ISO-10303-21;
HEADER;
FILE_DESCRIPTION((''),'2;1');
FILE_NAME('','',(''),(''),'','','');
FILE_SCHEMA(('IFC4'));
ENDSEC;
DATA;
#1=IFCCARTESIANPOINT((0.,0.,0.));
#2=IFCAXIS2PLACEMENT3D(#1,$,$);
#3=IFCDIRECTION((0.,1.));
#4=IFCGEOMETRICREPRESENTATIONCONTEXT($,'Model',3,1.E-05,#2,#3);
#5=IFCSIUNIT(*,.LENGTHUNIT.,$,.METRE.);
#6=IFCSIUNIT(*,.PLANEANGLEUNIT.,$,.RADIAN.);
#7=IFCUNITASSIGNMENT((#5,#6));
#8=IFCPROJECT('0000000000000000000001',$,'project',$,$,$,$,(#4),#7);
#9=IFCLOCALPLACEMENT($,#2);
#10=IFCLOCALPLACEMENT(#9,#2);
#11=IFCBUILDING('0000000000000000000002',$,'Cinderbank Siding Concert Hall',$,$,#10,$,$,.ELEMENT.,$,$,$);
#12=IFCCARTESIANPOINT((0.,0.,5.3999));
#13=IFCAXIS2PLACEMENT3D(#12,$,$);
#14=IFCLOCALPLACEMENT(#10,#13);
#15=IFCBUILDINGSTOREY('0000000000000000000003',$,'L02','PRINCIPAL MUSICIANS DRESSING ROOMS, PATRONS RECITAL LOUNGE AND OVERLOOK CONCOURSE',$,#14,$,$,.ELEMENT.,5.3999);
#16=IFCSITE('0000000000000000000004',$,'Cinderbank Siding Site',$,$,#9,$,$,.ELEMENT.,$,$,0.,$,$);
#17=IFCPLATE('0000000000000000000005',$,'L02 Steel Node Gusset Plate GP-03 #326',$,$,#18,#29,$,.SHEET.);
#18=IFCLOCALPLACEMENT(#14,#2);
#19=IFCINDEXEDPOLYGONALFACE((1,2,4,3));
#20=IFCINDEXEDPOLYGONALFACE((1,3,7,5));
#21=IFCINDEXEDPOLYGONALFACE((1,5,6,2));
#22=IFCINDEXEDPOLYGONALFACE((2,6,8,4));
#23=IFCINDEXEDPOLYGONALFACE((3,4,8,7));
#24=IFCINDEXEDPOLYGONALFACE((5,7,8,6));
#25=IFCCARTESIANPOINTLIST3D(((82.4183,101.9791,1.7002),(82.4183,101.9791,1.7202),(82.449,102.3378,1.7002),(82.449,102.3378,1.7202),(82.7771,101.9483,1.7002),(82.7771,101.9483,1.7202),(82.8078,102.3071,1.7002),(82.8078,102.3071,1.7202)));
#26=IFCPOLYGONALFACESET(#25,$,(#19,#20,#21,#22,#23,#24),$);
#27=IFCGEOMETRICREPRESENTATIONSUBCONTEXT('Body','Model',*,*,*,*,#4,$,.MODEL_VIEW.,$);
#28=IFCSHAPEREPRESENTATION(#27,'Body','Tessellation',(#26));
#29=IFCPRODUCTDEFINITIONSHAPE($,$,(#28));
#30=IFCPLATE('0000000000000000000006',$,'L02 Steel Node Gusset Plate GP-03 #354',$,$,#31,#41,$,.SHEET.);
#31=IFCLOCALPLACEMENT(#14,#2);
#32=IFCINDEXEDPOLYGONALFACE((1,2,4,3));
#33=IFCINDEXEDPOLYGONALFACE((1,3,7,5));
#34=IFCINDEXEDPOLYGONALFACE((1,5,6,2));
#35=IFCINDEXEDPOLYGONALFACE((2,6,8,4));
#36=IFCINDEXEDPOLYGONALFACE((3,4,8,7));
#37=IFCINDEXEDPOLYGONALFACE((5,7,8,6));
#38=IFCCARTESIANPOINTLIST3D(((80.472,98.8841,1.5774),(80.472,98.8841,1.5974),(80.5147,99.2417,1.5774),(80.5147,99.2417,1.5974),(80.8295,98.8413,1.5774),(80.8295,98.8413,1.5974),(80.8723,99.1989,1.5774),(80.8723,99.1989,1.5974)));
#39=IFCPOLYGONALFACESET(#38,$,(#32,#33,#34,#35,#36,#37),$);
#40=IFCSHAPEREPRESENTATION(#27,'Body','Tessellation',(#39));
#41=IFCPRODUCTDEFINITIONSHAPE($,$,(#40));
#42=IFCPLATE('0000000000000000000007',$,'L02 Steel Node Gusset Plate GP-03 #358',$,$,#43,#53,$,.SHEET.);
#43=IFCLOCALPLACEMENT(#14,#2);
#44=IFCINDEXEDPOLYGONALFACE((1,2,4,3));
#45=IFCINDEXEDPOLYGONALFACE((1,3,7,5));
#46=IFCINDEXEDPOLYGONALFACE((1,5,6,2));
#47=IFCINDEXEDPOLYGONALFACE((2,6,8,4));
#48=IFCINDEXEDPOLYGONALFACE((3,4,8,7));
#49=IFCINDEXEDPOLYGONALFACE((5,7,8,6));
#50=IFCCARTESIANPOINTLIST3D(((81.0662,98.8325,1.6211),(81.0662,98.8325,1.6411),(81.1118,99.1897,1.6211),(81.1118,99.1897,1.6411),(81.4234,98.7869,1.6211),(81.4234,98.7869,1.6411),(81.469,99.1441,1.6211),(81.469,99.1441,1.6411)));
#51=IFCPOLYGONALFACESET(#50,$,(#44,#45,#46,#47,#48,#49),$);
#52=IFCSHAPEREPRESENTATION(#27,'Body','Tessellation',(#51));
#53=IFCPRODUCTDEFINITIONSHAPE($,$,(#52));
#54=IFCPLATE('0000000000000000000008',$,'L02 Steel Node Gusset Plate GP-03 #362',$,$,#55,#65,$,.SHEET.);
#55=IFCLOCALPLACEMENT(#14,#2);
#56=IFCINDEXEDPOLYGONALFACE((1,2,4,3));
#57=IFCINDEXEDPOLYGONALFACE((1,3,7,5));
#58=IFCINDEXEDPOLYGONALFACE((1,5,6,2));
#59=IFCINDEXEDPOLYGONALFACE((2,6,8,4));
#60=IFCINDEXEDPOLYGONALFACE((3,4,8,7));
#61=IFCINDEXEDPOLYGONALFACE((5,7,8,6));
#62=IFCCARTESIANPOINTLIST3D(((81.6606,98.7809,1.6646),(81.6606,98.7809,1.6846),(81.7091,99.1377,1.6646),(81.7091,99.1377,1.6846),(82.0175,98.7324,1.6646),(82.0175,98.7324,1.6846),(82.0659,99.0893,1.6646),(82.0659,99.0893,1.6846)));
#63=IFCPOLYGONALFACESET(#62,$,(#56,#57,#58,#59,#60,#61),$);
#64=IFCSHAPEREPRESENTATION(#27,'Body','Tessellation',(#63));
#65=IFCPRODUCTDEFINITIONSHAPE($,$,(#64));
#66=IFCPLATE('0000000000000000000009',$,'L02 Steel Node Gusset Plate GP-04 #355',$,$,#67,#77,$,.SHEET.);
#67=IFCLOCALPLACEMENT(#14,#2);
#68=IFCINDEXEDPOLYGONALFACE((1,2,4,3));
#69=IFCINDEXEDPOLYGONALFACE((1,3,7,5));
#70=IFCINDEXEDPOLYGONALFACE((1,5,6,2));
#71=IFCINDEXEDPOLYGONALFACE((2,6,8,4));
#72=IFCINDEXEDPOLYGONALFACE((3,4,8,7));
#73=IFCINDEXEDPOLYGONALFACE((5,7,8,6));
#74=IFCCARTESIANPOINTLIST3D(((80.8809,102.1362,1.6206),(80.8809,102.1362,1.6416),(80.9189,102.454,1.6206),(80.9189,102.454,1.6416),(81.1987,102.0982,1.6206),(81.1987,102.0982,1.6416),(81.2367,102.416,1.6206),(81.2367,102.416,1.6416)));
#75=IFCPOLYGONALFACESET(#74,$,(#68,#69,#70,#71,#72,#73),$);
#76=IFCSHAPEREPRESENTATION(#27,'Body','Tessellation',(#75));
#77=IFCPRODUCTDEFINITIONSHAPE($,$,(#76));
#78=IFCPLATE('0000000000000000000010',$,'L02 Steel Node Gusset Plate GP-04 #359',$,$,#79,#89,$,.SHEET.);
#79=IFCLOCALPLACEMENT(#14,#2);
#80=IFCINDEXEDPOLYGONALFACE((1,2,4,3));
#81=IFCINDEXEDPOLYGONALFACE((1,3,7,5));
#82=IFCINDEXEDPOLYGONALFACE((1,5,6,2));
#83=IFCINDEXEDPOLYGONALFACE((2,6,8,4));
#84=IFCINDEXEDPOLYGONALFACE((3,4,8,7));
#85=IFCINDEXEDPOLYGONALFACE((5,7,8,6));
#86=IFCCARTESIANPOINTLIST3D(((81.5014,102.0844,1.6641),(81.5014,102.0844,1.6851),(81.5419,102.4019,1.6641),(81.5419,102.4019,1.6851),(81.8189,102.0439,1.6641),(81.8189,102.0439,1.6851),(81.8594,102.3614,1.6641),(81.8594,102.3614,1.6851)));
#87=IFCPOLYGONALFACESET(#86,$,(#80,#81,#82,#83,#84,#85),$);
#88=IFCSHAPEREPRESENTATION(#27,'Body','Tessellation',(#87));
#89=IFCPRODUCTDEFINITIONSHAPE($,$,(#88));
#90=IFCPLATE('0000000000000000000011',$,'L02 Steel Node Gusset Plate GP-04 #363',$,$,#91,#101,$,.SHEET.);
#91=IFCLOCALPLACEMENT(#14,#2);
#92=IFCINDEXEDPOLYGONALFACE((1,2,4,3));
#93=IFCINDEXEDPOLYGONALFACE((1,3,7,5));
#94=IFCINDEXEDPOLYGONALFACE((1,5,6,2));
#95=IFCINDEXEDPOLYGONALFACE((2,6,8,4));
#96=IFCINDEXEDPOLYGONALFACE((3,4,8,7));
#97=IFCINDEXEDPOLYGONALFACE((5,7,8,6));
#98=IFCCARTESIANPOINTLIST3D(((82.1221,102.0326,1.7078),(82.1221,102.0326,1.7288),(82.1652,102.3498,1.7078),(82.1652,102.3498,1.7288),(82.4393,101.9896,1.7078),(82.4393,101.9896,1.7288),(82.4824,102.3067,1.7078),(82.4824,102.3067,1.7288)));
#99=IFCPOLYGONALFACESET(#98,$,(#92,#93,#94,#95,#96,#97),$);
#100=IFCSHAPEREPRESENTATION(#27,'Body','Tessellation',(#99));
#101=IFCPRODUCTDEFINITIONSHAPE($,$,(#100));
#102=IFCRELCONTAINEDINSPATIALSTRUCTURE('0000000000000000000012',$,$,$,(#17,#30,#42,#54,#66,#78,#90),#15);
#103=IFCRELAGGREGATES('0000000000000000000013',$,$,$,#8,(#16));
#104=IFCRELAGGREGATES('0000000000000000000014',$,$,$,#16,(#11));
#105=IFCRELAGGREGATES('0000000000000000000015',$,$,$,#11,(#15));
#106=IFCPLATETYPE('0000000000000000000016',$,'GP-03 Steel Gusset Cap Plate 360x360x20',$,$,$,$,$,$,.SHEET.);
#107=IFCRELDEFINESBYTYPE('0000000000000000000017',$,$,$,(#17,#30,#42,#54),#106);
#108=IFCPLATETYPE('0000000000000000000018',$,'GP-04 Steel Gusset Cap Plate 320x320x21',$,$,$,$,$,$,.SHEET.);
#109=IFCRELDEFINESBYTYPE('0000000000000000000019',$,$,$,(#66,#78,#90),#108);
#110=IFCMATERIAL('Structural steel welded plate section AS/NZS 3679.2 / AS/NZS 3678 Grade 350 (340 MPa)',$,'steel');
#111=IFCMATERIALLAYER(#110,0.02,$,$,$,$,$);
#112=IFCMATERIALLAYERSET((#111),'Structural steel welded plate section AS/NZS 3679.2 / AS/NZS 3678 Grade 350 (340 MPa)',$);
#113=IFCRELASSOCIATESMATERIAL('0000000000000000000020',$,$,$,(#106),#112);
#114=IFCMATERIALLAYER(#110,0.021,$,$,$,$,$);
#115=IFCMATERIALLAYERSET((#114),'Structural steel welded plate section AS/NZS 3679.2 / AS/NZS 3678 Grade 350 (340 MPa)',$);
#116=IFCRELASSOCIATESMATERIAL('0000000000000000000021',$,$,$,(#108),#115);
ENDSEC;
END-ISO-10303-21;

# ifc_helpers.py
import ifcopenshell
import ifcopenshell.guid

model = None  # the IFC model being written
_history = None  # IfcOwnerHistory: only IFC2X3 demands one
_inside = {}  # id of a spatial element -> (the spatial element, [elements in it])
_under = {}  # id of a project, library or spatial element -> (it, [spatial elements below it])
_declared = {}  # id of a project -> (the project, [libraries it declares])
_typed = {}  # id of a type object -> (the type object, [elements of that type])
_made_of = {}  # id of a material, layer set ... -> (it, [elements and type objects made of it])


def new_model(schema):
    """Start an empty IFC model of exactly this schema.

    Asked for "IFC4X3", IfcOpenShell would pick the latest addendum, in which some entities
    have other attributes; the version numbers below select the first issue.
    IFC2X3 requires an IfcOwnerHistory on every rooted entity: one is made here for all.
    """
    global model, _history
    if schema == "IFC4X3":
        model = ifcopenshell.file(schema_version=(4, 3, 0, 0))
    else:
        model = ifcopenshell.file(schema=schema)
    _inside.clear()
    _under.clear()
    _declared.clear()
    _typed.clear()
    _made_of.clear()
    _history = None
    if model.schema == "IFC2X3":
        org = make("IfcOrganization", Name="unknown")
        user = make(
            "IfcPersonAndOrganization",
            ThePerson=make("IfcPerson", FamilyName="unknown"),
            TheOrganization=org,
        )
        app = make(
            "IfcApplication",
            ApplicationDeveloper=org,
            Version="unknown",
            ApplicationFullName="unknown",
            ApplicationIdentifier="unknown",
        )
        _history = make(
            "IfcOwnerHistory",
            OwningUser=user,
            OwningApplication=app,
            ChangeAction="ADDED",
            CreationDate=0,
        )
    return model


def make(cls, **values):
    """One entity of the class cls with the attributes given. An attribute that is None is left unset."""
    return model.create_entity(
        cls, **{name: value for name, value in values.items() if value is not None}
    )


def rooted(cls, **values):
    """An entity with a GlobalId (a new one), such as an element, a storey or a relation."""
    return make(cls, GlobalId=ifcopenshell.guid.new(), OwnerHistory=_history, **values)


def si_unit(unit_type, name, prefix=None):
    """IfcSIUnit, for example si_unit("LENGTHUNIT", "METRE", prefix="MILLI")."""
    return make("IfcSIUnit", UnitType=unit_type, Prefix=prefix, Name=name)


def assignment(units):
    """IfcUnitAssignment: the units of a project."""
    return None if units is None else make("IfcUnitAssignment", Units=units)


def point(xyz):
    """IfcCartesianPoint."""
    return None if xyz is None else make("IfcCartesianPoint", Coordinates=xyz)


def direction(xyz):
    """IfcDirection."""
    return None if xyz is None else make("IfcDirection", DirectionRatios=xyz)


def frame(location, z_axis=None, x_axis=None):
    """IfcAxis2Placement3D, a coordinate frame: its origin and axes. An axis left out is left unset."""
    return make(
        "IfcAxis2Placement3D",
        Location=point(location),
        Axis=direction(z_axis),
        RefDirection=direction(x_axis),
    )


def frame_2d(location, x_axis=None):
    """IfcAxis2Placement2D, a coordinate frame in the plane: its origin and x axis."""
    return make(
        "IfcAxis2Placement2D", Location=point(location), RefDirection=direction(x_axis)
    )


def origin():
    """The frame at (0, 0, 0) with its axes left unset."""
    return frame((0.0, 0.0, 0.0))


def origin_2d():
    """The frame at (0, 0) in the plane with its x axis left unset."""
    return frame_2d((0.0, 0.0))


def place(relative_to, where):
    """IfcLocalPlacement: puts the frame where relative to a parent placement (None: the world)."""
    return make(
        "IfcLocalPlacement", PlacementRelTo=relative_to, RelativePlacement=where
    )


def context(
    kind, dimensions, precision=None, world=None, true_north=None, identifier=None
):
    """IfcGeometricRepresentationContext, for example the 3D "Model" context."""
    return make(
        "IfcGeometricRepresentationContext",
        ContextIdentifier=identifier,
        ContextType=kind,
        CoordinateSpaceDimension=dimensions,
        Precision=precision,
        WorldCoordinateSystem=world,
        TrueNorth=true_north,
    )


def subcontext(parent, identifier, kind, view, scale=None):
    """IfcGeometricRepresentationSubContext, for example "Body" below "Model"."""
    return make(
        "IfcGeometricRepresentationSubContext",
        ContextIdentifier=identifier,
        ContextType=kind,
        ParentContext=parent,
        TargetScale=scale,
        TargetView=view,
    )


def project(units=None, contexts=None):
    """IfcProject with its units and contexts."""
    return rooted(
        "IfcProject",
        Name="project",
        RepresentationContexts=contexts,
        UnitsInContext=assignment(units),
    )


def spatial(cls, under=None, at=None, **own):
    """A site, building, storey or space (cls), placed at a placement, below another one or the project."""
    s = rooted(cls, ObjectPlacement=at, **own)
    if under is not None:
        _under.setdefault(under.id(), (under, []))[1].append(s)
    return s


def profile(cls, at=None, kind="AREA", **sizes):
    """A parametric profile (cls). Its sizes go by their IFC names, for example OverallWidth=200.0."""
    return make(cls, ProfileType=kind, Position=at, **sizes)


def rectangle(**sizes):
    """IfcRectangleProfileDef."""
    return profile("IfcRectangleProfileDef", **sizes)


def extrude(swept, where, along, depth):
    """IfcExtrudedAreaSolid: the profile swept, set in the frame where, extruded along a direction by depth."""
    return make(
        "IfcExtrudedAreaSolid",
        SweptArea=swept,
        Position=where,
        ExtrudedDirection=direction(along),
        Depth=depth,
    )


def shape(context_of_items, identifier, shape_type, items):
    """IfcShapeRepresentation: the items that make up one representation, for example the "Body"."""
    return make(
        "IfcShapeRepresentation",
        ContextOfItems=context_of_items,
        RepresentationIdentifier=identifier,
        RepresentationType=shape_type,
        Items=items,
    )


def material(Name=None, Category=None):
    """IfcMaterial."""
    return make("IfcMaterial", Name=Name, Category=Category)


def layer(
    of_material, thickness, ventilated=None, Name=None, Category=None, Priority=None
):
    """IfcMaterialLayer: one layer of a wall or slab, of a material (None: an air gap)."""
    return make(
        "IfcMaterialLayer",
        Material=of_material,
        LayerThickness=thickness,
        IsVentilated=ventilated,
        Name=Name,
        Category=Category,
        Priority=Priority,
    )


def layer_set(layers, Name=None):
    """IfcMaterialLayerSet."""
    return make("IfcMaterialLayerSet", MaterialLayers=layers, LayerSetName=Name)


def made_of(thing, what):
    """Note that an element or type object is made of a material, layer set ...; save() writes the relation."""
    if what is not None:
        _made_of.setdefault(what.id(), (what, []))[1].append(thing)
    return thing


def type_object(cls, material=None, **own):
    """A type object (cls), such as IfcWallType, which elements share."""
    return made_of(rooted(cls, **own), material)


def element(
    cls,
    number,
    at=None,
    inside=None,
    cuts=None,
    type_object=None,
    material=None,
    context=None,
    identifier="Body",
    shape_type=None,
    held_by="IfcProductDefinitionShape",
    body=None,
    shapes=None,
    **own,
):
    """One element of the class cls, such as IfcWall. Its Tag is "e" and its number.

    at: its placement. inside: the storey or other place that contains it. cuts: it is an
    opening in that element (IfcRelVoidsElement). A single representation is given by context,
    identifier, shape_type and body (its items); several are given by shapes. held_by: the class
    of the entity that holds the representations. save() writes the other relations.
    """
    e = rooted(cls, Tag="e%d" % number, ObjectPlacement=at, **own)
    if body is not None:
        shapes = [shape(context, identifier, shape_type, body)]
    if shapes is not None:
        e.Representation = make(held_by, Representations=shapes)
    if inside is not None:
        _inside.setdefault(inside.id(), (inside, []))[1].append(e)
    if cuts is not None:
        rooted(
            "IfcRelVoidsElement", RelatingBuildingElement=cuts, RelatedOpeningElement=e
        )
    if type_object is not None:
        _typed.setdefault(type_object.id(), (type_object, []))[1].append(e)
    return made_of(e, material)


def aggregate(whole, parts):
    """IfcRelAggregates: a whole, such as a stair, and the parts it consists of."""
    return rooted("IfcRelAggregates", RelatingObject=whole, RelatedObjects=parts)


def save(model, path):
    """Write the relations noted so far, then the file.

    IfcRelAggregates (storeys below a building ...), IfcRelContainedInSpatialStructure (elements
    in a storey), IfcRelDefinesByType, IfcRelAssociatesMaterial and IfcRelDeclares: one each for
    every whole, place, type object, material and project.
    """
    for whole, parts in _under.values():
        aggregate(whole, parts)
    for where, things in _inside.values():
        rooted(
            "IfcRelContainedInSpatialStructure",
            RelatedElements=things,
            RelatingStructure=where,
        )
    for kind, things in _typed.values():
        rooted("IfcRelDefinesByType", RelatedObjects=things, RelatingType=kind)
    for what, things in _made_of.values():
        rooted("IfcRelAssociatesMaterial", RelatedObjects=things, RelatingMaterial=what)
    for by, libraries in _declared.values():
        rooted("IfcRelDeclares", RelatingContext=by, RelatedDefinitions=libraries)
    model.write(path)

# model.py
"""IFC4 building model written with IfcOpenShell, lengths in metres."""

from ifc_helpers import new_model, si_unit, direction, frame, origin, origin_2d, place, context, subcontext, project, spatial, rectangle, extrude, material, layer, layer_set, type_object, element, save


model = new_model("IFC4")

# Units and contexts
model_context = context("Model", 3, precision=1e-05, world=origin(), true_north=direction((0.0, 1.0)))
body_context = subcontext(model_context, "Body", "Model", "MODEL_VIEW")
ifc_project = project(units=[si_unit("LENGTHUNIT", "METRE"), si_unit("PLANEANGLEUNIT", "RADIAN")], contexts=[model_context])

# Site, building, storey
site_placement = place(None, origin())
site = spatial("IfcSite", under=ifc_project, at=site_placement, Name="Cinderbank Siding Site", CompositionType="ELEMENT", RefElevation=0.0)
building_placement = place(site_placement, origin())
building = spatial("IfcBuilding", under=site, at=building_placement, Name="Cinderbank Siding Concert Hall", CompositionType="ELEMENT")
storey_placement = place(building_placement, frame((0.0, 0.0, 5.3999)))
storey = spatial("IfcBuildingStorey", under=building, at=storey_placement, Name="L02", Description="PRINCIPAL MUSICIANS DRESSING ROOMS, PATRONS RECITAL LOUNGE AND OVERLOOK CONCOURSE", CompositionType="ELEMENT", Elevation=5.3999)

# Plates
ifc_material_1 = material(Name="Structural steel welded plate section AS/NZS 3679.2 / AS/NZS 3678 Grade 350 (340 MPa)", Category="steel")
ifc_layer_1 = layer(ifc_material_1, 0.02)
ifc_layer_set_1 = layer_set([ifc_layer_1], Name="Structural steel welded plate section AS/NZS 3679.2 / AS/NZS 3678 Grade 350 (340 MPa)")
plate_type_1 = type_object("IfcPlateType", Name="GP-03 Steel Gusset Cap Plate 360x360x20", PredefinedType="SHEET", material=ifc_layer_set_1)
for number, where, z_axis, x_axis, name in (
    (1, (82.613, 102.1431, 1.7002), (0.0, 0.0, 1.0), (0.996345, -0.085417, 0.0), "L02 Steel Node Gusset Plate GP-03 #326"),
    (2, (80.6721, 99.0415, 1.5774), (0.0, 0.0, 1.0), (0.118751, 0.992924, 0.0), "L02 Steel Node Gusset Plate GP-03 #354"),
    (3, (81.2676, 98.9883, 1.6211), (0.0, 0.0, 1.0), (0.126545, 0.991961, 0.0), "L02 Steel Node Gusset Plate GP-03 #358"),
    (4, (81.8633, 98.9351, 1.6646), (0.0, 0.0, 1.0), (0.134505, 0.990913, 0.0), "L02 Steel Node Gusset Plate GP-03 #362"),
):
    element("IfcPlate", number, at=place(storey_placement, frame(where, z_axis=z_axis, x_axis=x_axis)), inside=storey, type_object=plate_type_1, Name=name, PredefinedType="SHEET", context=body_context, shape_type="SweptSolid", body=[
        extrude(rectangle(XDim=0.3601, YDim=0.3601, at=origin_2d()), origin(), (0.0, 0.0, 1.0), 0.02),
    ])
ifc_layer_2 = layer(ifc_material_1, 0.021)
ifc_layer_set_2 = layer_set([ifc_layer_2], Name="Structural steel welded plate section AS/NZS 3679.2 / AS/NZS 3678 Grade 350 (340 MPa)")
plate_type_2 = type_object("IfcPlateType", Name="GP-04 Steel Gusset Cap Plate 320x320x21", PredefinedType="SHEET", material=ifc_layer_set_2)
for number, where, z_axis, x_axis, name in (
    (5, (81.0588, 102.2761, 1.6206), (0.0, 0.0, 1.0), (0.118751, 0.992924, 0.0), "L02 Steel Node Gusset Plate GP-04 #355"),
    (6, (81.6804, 102.2229, 1.6641), (0.0, 0.0, 1.0), (0.126545, 0.991961, 0.0), "L02 Steel Node Gusset Plate GP-04 #359"),
    (7, (82.3022, 102.1697, 1.7078), (0.0, 0.0, 1.0), (0.134505, 0.990913, 0.0), "L02 Steel Node Gusset Plate GP-04 #363"),
):
    element("IfcPlate", number, at=place(storey_placement, frame(where, z_axis=z_axis, x_axis=x_axis)), inside=storey, type_object=plate_type_2, Name=name, PredefinedType="SHEET", context=body_context, shape_type="SweptSolid", body=[
        extrude(rectangle(XDim=0.3201, YDim=0.3201, at=origin_2d()), origin(), (0.0, 0.0, 1.0), 0.021),
    ])

save(model, "model.ifc")
